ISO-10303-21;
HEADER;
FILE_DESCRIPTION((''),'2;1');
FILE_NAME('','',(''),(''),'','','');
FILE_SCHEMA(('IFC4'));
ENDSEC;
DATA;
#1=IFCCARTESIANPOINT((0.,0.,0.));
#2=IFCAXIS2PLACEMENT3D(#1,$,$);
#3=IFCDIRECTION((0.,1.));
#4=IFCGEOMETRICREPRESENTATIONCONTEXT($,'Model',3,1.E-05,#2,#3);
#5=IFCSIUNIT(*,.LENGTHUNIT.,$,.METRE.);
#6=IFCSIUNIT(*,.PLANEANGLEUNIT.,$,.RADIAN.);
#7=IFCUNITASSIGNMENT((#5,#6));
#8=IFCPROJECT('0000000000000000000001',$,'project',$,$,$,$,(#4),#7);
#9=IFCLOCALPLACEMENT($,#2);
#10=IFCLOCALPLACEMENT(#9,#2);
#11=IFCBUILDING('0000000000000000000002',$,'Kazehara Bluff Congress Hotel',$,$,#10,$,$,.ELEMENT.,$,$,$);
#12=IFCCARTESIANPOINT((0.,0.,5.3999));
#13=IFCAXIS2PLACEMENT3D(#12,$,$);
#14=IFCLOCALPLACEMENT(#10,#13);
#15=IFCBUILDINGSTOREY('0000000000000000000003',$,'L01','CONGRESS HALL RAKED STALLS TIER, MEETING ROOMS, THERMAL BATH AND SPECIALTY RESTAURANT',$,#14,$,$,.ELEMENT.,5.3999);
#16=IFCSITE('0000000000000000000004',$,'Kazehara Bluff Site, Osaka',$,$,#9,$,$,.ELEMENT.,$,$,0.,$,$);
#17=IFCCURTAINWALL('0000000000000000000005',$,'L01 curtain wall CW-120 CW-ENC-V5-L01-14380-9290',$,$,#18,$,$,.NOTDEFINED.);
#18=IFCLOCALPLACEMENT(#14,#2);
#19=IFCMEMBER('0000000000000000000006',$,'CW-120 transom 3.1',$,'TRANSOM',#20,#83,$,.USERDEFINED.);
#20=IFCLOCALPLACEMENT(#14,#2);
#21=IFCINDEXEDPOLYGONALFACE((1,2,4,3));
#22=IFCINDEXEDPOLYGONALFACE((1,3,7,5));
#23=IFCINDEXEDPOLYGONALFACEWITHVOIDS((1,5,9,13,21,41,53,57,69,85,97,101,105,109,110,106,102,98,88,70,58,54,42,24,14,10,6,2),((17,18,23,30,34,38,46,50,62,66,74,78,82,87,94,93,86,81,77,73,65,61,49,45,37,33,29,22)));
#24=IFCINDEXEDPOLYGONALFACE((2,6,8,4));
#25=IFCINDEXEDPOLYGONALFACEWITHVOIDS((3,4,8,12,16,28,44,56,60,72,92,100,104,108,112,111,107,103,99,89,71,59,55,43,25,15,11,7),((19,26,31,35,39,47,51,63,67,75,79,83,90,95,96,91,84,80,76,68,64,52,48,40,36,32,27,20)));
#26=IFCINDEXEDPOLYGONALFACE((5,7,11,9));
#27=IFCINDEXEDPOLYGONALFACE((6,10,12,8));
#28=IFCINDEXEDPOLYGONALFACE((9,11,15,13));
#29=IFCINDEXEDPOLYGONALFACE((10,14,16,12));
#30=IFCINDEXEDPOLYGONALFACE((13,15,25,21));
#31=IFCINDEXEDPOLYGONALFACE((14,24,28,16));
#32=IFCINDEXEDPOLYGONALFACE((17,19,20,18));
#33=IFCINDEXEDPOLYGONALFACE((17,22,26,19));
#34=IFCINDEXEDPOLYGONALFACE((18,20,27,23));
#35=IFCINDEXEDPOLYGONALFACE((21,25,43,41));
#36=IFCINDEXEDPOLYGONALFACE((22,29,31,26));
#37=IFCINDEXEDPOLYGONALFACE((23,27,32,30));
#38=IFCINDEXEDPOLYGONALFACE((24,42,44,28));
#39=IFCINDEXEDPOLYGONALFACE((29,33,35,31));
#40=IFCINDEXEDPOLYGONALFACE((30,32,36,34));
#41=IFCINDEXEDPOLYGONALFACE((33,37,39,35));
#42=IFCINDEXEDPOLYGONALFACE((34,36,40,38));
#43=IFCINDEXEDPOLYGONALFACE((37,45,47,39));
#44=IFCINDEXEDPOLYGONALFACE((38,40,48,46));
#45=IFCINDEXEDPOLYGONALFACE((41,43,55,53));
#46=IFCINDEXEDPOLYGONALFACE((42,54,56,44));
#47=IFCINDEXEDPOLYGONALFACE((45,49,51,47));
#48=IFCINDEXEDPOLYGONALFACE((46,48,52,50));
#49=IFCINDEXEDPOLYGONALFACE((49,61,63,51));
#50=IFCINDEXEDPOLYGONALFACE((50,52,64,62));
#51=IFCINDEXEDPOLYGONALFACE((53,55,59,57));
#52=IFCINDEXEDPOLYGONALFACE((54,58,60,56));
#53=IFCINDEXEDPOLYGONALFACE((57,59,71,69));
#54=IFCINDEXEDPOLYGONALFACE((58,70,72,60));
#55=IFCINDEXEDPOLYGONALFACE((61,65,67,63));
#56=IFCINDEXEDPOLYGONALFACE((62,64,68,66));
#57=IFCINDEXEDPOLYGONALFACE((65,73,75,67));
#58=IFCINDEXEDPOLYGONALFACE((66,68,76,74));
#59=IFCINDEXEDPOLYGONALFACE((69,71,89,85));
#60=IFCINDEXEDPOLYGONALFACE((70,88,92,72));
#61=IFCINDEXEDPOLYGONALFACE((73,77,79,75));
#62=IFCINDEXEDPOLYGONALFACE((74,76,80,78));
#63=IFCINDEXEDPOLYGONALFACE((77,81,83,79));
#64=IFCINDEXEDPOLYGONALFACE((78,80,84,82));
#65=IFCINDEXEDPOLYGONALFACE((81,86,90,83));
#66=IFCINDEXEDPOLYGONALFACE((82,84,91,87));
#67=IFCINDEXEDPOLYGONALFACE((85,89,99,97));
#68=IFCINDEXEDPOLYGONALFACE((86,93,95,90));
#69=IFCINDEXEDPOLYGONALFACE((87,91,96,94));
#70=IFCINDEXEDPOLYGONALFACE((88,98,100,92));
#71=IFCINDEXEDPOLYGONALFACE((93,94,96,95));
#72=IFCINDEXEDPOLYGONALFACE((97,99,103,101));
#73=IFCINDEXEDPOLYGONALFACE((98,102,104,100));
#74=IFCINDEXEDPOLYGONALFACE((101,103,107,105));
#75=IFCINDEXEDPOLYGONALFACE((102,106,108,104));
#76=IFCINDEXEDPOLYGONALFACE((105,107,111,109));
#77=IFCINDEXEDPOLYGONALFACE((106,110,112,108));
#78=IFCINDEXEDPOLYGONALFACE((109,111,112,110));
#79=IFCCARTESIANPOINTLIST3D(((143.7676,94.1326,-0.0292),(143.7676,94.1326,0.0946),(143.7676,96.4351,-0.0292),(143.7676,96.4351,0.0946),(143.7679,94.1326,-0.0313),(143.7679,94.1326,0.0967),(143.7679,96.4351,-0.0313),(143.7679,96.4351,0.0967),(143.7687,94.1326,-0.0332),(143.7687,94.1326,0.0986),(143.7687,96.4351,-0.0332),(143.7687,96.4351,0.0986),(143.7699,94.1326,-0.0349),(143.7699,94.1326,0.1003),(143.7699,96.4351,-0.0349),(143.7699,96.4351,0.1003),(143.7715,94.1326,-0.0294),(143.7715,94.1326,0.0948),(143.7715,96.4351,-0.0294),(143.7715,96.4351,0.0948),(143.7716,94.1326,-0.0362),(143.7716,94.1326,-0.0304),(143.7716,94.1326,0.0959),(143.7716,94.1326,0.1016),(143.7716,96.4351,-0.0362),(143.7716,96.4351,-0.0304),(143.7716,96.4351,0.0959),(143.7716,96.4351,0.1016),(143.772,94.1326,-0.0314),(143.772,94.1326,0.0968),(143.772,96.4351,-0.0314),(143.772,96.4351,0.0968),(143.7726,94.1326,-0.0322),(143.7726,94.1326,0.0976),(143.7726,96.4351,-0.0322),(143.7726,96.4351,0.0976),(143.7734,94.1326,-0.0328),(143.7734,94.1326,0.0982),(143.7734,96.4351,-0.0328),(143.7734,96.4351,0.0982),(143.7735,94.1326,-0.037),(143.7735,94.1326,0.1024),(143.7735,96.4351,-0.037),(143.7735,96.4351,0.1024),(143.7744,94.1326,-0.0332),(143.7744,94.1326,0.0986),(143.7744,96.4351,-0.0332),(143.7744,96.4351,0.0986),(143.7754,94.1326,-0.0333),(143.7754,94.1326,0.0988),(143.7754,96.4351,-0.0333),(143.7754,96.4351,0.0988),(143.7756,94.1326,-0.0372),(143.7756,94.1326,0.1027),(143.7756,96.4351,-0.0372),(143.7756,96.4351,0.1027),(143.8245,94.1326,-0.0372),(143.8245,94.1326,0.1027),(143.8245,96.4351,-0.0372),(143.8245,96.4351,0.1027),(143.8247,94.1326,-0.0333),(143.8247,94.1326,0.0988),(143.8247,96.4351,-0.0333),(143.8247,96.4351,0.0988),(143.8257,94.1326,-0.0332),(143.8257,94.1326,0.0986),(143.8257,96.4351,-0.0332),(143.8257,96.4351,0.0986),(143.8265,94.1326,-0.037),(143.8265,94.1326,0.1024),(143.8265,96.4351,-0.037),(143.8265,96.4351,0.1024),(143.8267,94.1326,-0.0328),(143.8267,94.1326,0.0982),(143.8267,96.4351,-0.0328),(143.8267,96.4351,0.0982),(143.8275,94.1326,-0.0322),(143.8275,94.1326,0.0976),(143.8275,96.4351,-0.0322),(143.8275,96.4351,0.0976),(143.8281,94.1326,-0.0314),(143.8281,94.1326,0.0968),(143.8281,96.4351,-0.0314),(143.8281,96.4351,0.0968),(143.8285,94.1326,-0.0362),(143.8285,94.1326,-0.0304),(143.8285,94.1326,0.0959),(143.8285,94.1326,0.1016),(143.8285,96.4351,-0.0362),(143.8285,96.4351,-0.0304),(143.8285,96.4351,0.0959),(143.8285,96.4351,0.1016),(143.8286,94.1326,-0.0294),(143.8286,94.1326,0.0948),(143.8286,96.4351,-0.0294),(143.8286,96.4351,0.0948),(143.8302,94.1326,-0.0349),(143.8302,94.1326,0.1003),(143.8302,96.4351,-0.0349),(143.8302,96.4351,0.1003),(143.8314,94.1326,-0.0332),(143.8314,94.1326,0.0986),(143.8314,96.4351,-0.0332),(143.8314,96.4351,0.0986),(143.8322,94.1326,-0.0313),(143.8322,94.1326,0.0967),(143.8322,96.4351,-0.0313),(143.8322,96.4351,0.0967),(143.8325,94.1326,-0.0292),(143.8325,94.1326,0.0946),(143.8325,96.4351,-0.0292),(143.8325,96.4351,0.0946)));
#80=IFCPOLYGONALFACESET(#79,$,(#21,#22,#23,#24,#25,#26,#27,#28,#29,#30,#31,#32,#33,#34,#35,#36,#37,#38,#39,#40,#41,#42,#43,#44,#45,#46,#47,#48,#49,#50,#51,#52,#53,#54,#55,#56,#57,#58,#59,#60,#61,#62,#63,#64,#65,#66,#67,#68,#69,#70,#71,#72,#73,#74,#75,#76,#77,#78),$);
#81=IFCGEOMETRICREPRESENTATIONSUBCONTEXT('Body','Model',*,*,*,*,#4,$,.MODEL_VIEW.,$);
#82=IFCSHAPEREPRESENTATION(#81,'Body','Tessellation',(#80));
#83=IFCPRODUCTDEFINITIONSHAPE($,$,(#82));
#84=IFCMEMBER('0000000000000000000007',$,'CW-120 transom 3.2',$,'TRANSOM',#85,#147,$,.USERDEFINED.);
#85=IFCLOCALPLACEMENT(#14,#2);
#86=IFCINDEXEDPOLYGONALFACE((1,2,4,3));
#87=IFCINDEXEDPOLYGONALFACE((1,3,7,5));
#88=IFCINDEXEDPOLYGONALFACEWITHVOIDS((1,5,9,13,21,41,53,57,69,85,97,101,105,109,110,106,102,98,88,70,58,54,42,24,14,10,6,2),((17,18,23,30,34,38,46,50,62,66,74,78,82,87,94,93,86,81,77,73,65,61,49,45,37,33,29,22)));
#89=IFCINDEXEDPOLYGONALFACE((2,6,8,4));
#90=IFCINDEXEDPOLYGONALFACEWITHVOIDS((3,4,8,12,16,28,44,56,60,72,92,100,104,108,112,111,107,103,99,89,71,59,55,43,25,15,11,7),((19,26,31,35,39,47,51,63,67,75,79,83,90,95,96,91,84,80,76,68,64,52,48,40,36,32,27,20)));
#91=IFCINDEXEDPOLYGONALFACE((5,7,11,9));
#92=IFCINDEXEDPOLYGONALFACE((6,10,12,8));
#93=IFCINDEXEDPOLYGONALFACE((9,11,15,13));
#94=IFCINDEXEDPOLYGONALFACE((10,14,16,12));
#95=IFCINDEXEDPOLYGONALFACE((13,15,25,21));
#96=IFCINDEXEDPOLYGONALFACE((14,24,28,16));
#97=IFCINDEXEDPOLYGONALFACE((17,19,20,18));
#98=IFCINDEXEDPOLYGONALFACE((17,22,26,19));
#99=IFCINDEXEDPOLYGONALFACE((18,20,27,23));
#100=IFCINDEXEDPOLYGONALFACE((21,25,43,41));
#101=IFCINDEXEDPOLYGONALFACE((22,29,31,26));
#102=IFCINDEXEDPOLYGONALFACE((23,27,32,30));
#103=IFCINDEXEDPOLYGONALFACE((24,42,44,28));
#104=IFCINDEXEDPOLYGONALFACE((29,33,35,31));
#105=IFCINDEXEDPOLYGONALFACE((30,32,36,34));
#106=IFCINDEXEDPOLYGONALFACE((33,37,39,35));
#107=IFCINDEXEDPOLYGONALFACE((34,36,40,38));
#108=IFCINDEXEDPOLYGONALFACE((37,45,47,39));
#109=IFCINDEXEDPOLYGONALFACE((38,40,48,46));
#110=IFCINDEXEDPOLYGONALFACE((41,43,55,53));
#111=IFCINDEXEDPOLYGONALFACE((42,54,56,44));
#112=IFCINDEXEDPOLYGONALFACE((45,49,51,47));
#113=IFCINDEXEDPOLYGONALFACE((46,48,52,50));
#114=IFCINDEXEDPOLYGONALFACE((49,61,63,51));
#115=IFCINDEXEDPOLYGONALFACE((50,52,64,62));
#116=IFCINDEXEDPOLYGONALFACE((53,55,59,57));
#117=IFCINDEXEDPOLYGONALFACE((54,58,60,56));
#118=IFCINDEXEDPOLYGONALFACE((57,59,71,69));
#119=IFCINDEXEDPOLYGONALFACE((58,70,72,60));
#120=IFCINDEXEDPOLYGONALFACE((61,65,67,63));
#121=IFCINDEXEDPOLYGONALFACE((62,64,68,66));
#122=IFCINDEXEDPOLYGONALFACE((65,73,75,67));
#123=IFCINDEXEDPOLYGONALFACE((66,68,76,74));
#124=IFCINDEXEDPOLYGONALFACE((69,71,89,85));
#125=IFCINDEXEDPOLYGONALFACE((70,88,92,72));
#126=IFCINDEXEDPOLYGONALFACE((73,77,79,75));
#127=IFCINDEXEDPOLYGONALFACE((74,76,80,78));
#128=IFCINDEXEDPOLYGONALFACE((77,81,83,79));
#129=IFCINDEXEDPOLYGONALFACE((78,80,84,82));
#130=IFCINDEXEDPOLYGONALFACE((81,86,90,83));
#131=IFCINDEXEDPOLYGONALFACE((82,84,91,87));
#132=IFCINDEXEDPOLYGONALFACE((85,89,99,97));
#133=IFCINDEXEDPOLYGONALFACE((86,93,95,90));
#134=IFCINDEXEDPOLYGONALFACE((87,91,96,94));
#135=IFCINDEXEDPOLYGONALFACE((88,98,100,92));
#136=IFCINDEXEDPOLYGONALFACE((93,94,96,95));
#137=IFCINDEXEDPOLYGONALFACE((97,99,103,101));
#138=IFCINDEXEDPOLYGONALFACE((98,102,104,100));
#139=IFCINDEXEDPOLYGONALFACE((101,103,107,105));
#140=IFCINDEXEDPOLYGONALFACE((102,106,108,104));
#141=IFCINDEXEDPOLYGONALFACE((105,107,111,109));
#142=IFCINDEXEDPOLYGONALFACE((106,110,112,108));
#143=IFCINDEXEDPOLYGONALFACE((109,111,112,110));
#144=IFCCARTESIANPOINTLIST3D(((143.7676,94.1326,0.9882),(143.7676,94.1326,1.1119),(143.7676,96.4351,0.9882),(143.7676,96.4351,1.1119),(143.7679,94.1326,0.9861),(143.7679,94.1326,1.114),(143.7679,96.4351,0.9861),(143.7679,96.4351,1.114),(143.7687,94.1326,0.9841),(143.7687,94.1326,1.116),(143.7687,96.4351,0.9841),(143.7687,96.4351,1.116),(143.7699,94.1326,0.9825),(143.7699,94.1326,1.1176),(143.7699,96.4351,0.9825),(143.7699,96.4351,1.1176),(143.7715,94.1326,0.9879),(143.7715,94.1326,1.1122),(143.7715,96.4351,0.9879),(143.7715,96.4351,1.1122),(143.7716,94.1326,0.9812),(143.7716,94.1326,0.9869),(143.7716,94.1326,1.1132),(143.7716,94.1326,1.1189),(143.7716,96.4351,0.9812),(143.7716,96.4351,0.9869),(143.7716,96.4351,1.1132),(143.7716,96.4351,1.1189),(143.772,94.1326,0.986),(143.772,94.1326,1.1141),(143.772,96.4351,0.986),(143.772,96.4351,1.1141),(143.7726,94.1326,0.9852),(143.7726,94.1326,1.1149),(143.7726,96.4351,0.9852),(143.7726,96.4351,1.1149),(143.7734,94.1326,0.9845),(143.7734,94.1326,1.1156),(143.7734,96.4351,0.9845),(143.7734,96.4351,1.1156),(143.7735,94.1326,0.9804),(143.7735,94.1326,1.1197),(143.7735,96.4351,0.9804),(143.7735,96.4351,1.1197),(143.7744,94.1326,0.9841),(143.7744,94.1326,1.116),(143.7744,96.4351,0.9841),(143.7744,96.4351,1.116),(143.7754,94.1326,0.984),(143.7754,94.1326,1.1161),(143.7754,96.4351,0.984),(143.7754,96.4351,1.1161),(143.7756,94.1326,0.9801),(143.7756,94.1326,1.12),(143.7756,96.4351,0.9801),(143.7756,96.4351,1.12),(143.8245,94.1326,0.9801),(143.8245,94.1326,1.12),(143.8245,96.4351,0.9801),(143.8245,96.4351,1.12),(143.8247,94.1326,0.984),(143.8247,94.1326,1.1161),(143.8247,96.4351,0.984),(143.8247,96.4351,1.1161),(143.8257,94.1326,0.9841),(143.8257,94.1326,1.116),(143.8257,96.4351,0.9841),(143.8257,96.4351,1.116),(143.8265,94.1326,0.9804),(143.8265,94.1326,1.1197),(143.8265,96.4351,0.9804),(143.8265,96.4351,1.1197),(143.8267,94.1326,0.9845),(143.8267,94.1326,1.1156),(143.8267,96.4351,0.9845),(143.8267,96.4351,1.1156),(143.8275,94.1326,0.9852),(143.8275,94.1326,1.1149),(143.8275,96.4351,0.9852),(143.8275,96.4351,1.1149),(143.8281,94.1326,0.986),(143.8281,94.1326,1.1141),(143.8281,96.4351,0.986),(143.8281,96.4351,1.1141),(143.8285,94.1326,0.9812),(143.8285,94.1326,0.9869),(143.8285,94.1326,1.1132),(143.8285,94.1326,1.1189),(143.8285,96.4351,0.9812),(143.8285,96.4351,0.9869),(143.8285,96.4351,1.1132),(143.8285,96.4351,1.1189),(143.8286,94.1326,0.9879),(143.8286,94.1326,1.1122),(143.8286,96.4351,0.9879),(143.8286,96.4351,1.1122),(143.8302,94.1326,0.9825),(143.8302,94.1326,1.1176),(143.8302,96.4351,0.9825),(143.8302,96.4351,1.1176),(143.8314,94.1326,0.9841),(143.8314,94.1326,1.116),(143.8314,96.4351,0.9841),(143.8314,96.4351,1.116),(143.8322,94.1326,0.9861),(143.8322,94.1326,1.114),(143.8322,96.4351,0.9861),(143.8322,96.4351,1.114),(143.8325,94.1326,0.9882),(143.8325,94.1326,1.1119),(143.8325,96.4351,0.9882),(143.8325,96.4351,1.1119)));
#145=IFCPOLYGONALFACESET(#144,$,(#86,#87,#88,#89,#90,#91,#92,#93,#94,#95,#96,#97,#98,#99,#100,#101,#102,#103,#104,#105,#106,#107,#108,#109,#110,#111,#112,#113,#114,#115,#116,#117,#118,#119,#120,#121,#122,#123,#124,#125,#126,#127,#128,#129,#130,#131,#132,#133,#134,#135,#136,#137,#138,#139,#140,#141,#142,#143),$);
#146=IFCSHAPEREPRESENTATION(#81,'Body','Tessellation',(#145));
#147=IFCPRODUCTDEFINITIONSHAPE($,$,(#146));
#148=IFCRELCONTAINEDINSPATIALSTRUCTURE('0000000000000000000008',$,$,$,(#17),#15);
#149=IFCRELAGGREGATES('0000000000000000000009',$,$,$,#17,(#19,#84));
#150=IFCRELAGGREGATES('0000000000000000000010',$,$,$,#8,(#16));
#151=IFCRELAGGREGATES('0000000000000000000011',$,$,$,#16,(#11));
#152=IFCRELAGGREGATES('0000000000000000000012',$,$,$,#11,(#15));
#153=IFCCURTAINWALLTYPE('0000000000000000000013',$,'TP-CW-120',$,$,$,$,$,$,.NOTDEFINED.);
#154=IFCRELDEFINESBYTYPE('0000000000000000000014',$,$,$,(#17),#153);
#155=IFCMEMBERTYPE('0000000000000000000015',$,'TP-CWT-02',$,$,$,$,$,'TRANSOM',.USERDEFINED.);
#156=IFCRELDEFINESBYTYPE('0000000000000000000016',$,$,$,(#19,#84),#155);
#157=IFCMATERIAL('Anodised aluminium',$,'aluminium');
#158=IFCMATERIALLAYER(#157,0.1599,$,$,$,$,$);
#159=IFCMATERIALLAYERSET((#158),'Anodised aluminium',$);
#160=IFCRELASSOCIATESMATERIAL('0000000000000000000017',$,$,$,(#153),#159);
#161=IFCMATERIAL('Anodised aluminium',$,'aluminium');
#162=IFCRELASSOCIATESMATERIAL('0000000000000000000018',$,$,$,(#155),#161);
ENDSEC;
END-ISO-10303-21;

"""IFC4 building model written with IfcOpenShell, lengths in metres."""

from ifc_helpers import new_model, si_unit, direction, frame, origin, origin_2d, place, context, subcontext, project, spatial, hollow_rectangle, extrude, material, layer, layer_set, material_profile, profile_set, type_object, element, aggregate, save


model = new_model("IFC4")

# Units and contexts
model_context = context("Model", 3, precision=1e-05, world=origin(), true_north=direction((0.0, 1.0)))
body_context = subcontext(model_context, "Body", "Model", "MODEL_VIEW")
ifc_project = project(units=[si_unit("LENGTHUNIT", "METRE"), si_unit("PLANEANGLEUNIT", "RADIAN")], contexts=[model_context])

# Site, building, storey
site_placement = place(None, origin())
site = spatial("IfcSite", under=ifc_project, at=site_placement, Name="Kazehara Bluff Site, Osaka", CompositionType="ELEMENT", RefElevation=0.0)
building_placement = place(site_placement, origin())
building = spatial("IfcBuilding", under=site, at=building_placement, Name="Kazehara Bluff Congress Hotel", CompositionType="ELEMENT")
storey_placement = place(building_placement, frame((0.0, 0.0, 5.3999)))
storey = spatial("IfcBuildingStorey", under=building, at=storey_placement, Name="L01", Description="CONGRESS HALL RAKED STALLS TIER, MEETING ROOMS, THERMAL BATH AND SPECIALTY RESTAURANT", CompositionType="ELEMENT", Elevation=5.3999)

# Curtain wall
ifc_material_1 = material(Name="Anodised aluminium", Category="aluminium")
ifc_layer_1 = layer(ifc_material_1, 0.1599)
ifc_layer_set_1 = layer_set([ifc_layer_1], Name="Anodised aluminium")
curtain_wall_type_1 = type_object("IfcCurtainWallType", Name="TP-CW-120", PredefinedType="NOTDEFINED", material=ifc_layer_set_1)
curtain_wall_1_placement = place(storey_placement, origin())
curtain_wall_1 = element("IfcCurtainWall", 1, at=curtain_wall_1_placement, inside=storey, type_object=curtain_wall_type_1, Name="L01 curtain wall CW-120 CW-ENC-V5-L01-14380-9290", PredefinedType="NOTDEFINED")

# Members
ifc_material_2 = material(Name="Anodised aluminium", Category="aluminium")
ifc_material_profile_1 = material_profile(ifc_material_2, hollow_rectangle(XDim=0.0649, YDim=0.1399, WallThickness=0.0039, InnerFilletRadius=0.0039, OuterFilletRadius=0.0081, at=origin_2d()))
ifc_profile_set_1 = profile_set([ifc_material_profile_1], Name="Anodised aluminium")
member_type_1 = type_object("IfcMemberType", Name="TP-CWT-02", ElementType="TRANSOM", PredefinedType="USERDEFINED", material=ifc_profile_set_1)
member_1_placement = place(storey_placement, frame((143.8, 94.1326, 0.0327), z_axis=(0.0, 1.0, 0.0), x_axis=(-1.0, 0.0, 0.0)))
member_1 = element("IfcMember", 2, at=member_1_placement, type_object=member_type_1, Name="CW-120 transom 3.1", ObjectType="TRANSOM", PredefinedType="USERDEFINED", context=body_context, shape_type="SweptSolid", body=[
    extrude(hollow_rectangle(XDim=0.0649, YDim=0.1399, WallThickness=0.0039, InnerFilletRadius=0.0039, OuterFilletRadius=0.0081, at=origin_2d()), origin(), (0.0, 0.0, 1.0), 2.3025),
])
member_2_placement = place(storey_placement, frame((143.8, 94.1326, 1.05), z_axis=(0.0, 1.0, 0.0), x_axis=(-1.0, 0.0, 0.0)))
member_2 = element("IfcMember", 3, at=member_2_placement, type_object=member_type_1, Name="CW-120 transom 3.2", ObjectType="TRANSOM", PredefinedType="USERDEFINED", context=body_context, shape_type="SweptSolid", body=[
    extrude(hollow_rectangle(XDim=0.0649, YDim=0.1399, WallThickness=0.0039, InnerFilletRadius=0.0039, OuterFilletRadius=0.0081, at=origin_2d()), origin(), (0.0, 0.0, 1.0), 2.3025),
])

aggregate(curtain_wall_1, [member_1, member_2])

save(model, "model.ifc")
